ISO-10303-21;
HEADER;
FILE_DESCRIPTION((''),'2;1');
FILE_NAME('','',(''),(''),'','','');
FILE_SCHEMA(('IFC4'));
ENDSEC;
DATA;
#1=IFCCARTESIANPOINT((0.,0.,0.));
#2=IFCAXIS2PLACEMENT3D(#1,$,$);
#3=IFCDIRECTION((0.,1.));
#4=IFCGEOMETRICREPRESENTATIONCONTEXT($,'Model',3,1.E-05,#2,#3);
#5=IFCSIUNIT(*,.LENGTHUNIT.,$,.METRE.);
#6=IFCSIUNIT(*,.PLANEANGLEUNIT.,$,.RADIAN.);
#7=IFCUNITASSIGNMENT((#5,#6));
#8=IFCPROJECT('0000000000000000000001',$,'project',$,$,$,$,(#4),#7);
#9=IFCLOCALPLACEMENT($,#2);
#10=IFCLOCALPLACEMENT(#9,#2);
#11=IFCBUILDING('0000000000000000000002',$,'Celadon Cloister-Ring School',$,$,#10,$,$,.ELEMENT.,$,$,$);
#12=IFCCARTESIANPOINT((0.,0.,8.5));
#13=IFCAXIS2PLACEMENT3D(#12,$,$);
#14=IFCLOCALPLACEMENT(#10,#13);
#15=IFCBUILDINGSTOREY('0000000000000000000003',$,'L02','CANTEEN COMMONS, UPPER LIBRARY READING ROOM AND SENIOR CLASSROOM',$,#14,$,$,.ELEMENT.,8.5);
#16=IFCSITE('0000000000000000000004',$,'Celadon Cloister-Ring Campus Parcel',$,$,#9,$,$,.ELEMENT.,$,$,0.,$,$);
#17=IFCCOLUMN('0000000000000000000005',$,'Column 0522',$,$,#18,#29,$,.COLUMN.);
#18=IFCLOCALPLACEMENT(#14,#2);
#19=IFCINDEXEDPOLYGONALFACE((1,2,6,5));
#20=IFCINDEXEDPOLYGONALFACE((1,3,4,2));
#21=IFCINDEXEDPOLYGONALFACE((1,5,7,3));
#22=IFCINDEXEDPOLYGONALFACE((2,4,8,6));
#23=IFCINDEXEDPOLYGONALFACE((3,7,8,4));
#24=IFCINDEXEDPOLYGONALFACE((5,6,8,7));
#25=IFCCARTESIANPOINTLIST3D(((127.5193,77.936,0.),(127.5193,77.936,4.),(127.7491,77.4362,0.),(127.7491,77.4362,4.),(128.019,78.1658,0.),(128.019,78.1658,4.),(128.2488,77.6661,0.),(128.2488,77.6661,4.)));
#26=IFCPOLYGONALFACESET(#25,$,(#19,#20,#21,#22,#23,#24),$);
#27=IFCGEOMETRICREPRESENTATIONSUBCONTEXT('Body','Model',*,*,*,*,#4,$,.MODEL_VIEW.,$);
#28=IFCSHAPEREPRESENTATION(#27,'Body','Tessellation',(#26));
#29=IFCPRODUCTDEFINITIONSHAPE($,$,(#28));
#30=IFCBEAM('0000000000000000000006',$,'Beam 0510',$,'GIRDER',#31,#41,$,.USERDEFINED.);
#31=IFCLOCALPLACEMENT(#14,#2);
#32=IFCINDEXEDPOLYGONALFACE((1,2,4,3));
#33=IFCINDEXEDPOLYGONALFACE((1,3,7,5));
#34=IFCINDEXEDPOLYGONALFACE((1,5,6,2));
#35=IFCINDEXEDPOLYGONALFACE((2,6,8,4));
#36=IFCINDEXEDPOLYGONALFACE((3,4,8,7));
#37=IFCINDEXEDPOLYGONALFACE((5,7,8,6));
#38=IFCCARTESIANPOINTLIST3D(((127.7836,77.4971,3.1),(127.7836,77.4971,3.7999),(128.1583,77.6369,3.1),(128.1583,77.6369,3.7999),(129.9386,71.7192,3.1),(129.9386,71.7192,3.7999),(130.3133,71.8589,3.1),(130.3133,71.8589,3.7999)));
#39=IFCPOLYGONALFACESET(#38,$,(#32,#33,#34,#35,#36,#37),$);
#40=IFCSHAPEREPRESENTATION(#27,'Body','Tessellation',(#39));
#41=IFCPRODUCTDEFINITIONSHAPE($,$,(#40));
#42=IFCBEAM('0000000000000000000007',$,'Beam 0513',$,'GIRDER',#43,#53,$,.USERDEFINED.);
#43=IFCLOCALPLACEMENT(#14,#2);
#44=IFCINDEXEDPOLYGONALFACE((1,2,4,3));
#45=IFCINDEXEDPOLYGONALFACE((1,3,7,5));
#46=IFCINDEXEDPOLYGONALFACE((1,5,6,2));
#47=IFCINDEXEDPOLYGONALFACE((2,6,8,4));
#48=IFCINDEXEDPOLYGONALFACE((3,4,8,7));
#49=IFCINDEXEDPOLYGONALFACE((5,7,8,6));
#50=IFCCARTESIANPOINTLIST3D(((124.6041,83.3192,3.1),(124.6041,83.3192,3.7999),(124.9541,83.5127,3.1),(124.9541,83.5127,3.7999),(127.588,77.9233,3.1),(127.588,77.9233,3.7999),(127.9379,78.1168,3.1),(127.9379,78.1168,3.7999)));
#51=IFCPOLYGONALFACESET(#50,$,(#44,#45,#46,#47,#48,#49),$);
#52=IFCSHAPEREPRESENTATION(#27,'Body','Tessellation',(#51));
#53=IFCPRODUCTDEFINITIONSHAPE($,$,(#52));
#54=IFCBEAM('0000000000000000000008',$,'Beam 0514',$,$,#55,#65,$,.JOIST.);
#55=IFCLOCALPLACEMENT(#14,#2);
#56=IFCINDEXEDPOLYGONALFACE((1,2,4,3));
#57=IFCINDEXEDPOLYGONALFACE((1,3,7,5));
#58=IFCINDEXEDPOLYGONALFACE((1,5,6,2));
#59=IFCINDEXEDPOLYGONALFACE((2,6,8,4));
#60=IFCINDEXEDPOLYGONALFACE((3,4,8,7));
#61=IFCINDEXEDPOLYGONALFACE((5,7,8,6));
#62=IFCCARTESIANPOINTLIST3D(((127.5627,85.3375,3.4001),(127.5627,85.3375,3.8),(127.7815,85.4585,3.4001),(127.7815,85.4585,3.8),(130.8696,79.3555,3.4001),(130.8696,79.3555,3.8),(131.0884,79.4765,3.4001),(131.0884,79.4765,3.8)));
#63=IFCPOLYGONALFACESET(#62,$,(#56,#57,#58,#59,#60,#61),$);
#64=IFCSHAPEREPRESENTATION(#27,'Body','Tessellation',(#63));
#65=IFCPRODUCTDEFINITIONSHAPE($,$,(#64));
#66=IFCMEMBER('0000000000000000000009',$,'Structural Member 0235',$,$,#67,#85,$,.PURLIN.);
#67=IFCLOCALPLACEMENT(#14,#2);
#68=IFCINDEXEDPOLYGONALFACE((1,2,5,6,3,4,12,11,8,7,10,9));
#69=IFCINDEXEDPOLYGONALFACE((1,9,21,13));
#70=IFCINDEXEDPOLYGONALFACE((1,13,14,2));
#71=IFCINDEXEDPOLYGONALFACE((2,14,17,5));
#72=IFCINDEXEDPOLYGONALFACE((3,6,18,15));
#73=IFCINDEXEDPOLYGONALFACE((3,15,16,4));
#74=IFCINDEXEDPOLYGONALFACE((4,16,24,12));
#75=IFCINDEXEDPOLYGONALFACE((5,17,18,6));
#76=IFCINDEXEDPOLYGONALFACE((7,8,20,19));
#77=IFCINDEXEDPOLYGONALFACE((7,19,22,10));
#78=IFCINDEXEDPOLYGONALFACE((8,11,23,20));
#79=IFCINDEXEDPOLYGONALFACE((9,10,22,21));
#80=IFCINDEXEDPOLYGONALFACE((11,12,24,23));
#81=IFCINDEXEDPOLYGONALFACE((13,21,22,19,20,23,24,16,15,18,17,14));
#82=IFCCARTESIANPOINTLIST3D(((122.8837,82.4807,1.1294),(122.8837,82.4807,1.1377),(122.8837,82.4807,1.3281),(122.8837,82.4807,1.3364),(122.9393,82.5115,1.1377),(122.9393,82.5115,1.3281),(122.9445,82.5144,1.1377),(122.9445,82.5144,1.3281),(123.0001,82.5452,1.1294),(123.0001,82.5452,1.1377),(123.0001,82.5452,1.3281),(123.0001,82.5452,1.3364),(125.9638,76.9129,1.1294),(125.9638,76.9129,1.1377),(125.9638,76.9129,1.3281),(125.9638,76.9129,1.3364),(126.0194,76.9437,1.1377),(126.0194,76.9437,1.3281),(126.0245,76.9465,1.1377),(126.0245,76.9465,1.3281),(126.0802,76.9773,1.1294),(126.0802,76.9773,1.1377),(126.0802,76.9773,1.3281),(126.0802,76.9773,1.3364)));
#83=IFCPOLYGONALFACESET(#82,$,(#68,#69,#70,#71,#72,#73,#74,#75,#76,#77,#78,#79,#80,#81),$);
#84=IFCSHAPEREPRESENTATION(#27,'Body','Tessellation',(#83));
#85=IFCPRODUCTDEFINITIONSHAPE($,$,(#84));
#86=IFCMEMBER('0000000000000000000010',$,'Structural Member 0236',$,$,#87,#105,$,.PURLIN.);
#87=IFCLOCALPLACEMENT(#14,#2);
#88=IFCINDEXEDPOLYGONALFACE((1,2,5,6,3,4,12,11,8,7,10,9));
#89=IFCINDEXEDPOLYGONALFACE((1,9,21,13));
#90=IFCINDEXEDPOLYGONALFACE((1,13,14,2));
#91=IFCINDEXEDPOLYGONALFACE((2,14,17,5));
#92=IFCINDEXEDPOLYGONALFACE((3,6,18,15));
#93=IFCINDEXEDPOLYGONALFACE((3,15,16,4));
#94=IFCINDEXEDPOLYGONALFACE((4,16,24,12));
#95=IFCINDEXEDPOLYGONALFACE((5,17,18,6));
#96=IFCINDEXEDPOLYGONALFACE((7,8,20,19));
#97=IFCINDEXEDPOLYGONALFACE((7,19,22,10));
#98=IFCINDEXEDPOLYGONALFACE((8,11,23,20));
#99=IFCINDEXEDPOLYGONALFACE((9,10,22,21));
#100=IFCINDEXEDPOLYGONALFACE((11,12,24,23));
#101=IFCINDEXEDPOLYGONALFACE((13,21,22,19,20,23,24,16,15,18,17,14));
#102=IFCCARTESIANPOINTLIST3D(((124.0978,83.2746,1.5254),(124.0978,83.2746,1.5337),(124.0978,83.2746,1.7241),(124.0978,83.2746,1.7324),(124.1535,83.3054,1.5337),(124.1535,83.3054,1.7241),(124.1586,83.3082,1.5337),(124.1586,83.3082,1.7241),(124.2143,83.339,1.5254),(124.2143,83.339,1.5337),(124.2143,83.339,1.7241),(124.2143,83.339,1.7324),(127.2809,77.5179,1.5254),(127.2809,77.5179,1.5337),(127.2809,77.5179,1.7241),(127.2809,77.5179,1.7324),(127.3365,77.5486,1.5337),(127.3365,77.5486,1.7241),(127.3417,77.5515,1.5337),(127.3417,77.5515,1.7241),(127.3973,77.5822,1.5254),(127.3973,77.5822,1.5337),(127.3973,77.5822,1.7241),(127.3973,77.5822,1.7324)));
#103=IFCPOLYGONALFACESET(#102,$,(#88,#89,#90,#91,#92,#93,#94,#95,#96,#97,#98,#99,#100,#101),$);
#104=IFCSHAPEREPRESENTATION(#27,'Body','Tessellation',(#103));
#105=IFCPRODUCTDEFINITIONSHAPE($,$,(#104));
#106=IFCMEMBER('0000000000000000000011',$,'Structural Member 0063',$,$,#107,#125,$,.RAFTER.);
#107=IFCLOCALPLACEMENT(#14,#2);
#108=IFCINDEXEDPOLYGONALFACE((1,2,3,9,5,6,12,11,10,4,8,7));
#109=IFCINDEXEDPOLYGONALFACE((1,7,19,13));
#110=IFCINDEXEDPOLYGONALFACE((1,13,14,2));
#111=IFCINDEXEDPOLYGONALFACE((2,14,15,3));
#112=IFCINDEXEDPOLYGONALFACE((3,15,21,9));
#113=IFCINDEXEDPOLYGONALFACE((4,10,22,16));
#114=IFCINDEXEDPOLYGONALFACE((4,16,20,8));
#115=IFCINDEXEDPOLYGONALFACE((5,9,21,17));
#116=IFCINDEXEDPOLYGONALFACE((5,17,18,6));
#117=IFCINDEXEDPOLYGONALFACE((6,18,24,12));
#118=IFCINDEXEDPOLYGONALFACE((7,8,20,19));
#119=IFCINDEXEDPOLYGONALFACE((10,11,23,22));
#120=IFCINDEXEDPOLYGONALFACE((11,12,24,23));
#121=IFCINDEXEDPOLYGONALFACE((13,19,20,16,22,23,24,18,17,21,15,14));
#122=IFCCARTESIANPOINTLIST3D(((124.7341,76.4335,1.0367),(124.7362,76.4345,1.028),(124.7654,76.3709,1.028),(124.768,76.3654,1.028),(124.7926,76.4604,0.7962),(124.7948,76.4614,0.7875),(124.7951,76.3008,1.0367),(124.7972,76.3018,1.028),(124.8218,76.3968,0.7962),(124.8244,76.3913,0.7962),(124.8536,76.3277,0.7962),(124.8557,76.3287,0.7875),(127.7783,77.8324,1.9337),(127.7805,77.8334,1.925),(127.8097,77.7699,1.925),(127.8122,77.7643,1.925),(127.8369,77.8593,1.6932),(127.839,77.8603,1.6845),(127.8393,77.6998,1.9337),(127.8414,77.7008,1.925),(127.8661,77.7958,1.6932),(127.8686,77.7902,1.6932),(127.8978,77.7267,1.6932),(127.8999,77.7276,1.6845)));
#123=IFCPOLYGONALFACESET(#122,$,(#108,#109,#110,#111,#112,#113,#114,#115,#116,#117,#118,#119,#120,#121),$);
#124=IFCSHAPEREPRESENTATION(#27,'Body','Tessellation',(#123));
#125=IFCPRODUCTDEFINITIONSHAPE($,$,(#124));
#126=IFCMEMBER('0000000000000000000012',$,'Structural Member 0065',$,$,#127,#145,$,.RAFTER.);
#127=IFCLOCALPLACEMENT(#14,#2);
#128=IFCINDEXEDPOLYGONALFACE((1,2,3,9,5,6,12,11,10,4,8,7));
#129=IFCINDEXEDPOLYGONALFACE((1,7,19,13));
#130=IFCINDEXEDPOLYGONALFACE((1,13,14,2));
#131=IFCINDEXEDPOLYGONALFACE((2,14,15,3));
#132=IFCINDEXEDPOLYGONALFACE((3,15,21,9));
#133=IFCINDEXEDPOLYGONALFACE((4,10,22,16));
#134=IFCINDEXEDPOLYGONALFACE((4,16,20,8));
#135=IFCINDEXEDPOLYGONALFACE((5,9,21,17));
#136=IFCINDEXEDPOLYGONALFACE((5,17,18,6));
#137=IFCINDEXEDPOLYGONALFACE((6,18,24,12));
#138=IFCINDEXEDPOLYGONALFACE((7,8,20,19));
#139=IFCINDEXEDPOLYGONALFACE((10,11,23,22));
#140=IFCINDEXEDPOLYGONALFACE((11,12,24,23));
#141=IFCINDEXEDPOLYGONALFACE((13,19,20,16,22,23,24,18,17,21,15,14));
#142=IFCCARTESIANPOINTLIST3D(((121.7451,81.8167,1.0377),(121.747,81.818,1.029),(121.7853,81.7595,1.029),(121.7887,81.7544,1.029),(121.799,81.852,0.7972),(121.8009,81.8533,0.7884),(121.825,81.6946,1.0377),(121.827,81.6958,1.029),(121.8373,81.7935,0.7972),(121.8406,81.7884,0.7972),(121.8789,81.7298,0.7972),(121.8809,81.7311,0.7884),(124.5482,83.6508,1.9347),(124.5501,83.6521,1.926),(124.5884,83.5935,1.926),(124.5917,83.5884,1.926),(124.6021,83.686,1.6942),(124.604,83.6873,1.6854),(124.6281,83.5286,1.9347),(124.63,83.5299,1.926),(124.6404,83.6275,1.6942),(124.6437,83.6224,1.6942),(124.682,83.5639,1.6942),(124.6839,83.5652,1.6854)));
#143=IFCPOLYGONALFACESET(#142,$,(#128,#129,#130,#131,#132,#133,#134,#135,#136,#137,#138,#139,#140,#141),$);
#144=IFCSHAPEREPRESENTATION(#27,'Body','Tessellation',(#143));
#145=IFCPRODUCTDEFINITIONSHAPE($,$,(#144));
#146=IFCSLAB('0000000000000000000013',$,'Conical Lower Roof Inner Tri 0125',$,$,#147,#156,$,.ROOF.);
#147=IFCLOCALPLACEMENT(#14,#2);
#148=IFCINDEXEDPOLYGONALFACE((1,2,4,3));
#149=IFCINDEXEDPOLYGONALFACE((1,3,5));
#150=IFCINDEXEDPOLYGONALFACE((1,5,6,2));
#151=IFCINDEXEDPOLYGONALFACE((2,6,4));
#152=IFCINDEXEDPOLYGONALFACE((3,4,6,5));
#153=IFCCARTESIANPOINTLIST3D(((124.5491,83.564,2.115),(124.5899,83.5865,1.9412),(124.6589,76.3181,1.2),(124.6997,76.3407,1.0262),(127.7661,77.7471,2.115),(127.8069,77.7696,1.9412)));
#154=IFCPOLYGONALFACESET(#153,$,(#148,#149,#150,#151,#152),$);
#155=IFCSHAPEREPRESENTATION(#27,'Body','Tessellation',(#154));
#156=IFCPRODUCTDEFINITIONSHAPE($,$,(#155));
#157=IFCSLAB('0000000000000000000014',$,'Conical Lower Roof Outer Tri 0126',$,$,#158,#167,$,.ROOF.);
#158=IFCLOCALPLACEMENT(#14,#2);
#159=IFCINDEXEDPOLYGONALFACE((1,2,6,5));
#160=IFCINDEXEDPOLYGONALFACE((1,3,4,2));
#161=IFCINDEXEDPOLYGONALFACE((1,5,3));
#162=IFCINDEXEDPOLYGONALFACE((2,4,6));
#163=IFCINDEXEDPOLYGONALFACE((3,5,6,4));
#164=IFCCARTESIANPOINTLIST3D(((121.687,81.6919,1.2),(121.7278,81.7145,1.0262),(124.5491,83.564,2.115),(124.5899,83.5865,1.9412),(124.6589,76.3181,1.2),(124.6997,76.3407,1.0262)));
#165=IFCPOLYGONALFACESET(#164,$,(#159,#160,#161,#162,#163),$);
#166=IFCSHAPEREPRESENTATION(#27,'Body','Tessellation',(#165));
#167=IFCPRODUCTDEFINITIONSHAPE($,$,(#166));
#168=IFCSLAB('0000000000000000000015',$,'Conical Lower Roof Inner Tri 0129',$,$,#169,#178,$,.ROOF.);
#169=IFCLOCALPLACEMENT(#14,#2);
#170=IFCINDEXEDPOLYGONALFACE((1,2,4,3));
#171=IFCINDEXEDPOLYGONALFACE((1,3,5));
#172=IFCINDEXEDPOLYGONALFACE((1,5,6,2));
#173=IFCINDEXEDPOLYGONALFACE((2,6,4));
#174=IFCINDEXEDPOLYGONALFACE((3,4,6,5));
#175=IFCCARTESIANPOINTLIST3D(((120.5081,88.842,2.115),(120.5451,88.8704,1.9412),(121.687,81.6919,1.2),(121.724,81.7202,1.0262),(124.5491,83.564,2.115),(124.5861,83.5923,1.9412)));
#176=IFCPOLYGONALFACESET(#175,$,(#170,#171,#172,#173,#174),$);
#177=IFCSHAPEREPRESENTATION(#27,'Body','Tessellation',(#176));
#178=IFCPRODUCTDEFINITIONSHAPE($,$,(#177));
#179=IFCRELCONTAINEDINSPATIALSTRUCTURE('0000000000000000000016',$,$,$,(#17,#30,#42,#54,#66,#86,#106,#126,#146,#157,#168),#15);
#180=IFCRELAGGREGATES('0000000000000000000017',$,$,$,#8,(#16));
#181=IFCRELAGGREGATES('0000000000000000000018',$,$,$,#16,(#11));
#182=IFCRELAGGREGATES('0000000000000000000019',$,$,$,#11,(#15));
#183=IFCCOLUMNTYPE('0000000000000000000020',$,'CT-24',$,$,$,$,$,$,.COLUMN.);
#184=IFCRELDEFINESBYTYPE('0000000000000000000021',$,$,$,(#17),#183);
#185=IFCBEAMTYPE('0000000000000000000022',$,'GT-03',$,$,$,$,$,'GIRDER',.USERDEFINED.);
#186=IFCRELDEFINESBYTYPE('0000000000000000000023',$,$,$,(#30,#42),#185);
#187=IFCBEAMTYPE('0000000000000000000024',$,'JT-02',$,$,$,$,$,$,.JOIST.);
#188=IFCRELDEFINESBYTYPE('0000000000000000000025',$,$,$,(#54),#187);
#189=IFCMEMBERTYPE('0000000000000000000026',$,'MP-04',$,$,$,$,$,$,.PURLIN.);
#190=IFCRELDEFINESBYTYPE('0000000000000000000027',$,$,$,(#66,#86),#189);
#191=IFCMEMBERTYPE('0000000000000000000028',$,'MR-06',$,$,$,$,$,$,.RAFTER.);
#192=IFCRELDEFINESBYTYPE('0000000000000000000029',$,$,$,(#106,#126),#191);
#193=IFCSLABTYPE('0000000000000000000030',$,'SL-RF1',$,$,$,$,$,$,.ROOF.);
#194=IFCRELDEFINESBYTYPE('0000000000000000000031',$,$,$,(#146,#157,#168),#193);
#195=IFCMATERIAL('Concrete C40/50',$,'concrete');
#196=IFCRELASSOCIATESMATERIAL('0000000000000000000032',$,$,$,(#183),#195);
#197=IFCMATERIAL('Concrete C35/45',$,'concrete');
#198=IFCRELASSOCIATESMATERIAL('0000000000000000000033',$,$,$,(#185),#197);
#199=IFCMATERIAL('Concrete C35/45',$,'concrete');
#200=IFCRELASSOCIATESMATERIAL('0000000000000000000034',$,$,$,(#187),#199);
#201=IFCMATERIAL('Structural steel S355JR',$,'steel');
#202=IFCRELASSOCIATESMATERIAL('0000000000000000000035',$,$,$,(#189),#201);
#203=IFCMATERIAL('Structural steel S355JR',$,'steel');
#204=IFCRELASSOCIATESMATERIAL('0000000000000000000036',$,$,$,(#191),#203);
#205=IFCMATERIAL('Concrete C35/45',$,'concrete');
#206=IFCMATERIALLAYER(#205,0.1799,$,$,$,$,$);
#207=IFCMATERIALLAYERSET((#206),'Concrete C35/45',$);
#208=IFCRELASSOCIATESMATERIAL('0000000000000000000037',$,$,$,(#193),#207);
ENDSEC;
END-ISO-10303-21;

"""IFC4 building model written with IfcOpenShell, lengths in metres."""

from ifc_helpers import new_model, si_unit, direction, frame, origin, origin_2d, place, context, subcontext, project, spatial, polyline, rectangle, i_section, outline, extrude, material, layer, layer_set, material_profile, profile_set, type_object, element, save


model = new_model("IFC4")

# Units and contexts
model_context = context("Model", 3, precision=1e-05, world=origin(), true_north=direction((0.0, 1.0)))
body_context = subcontext(model_context, "Body", "Model", "MODEL_VIEW")
ifc_project = project(units=[si_unit("LENGTHUNIT", "METRE"), si_unit("PLANEANGLEUNIT", "RADIAN")], contexts=[model_context])

# Site, building, storey
site_placement = place(None, origin())
site = spatial("IfcSite", under=ifc_project, at=site_placement, Name="Celadon Cloister-Ring Campus Parcel", CompositionType="ELEMENT", RefElevation=0.0)
building_placement = place(site_placement, origin())
building = spatial("IfcBuilding", under=site, at=building_placement, Name="Celadon Cloister-Ring School", CompositionType="ELEMENT")
storey_placement = place(building_placement, frame((0.0, 0.0, 8.5)))
storey = spatial("IfcBuildingStorey", under=building, at=storey_placement, Name="L02", Description="CANTEEN COMMONS, UPPER LIBRARY READING ROOM AND SENIOR CLASSROOM", CompositionType="ELEMENT", Elevation=8.5)

# Column
ifc_material_1 = material(Name="Concrete C40/50", Category="concrete")
ifc_material_profile_1 = material_profile(ifc_material_1, rectangle(XDim=0.55, YDim=0.55, at=origin_2d()), Name="RC550X550")
ifc_profile_set_1 = profile_set([ifc_material_profile_1], Name="Concrete C40/50")
column_type = type_object("IfcColumnType", Name="CT-24", PredefinedType="COLUMN", material=ifc_profile_set_1)
column_placement = place(storey_placement, frame((127.884, 77.801, 0.0), z_axis=(0.0, 0.0, 1.0), x_axis=(0.908537, 0.417804, 0.0)))
element("IfcColumn", 1, at=column_placement, inside=storey, type_object=column_type, Name="Column 0522", PredefinedType="COLUMN", context=body_context, shape_type="SweptSolid", body=[
    extrude(rectangle(XDim=0.55, YDim=0.55, at=origin_2d()), origin(), (0.0, 0.0, 1.0), 4.0),
])

# Beams
ifc_material_2 = material(Name="Concrete C35/45", Category="concrete")
ifc_material_profile_2 = material_profile(ifc_material_2, rectangle(XDim=0.3999, YDim=0.7, at=origin_2d()), Name="RC400X700")
ifc_profile_set_2 = profile_set([ifc_material_profile_2], Name="Concrete C35/45")
beam_type_1 = type_object("IfcBeamType", Name="GT-03", ElementType="GIRDER", PredefinedType="USERDEFINED", material=ifc_profile_set_2)
beam_1_placement = place(storey_placement, frame((130.126, 71.7891, 3.45), z_axis=(-0.349466, 0.936949, 0.0), x_axis=(-0.936949, -0.349466, 0.0)))
element("IfcBeam", 2, at=beam_1_placement, inside=storey, type_object=beam_type_1, Name="Beam 0510", ObjectType="GIRDER", PredefinedType="USERDEFINED", context=body_context, shape_type="SweptSolid", body=[
    extrude(rectangle(XDim=0.3999, YDim=0.7, at=origin_2d()), origin(), (0.0, 0.0, 1.0), 6.1667),
])
beam_2_placement = place(storey_placement, frame((127.7629, 78.02, 3.45), z_axis=(-0.483921, 0.875112, 0.0), x_axis=(-0.875112, -0.483921, 0.0)))
element("IfcBeam", 3, at=beam_2_placement, inside=storey, type_object=beam_type_1, Name="Beam 0513", ObjectType="GIRDER", PredefinedType="USERDEFINED", context=body_context, shape_type="SweptSolid", body=[
    extrude(rectangle(XDim=0.3999, YDim=0.7, at=origin_2d()), origin(), (0.0, 0.0, 1.0), 6.166),
])
ifc_material_3 = material(Name="Concrete C35/45", Category="concrete")
ifc_material_profile_3 = material_profile(ifc_material_3, rectangle(XDim=0.25, YDim=0.3999, at=origin_2d()), Name="RC250X400")
ifc_profile_set_3 = profile_set([ifc_material_profile_3], Name="Concrete C35/45")
beam_type_2 = type_object("IfcBeamType", Name="JT-02", PredefinedType="JOIST", material=ifc_profile_set_3)
beam_3_placement = place(storey_placement, frame((130.979, 79.416, 3.6001), z_axis=(-0.483807, 0.875175, 0.0), x_axis=(-0.875175, -0.483807, 0.0)))
element("IfcBeam", 4, at=beam_3_placement, inside=storey, type_object=beam_type_2, Name="Beam 0514", PredefinedType="JOIST", context=body_context, shape_type="SweptSolid", body=[
    extrude(rectangle(XDim=0.25, YDim=0.3999, at=origin_2d()), origin(), (0.0, 0.0, 1.0), 6.8352),
])

# Members
ifc_material_4 = material(Name="Structural steel S355JR", Category="steel")
ifc_material_profile_4 = material_profile(ifc_material_4, i_section(OverallWidth=0.1331, OverallDepth=0.207, WebThickness=0.0059, FlangeThickness=0.0083, at=origin_2d()), Name="W200X27")
ifc_profile_set_4 = profile_set([ifc_material_profile_4], Name="Structural steel S355JR")
member_type_1 = type_object("IfcMemberType", Name="MP-04", PredefinedType="PURLIN", material=ifc_profile_set_4)
member_1_placement = place(storey_placement, frame((126.022, 76.9451, 1.2329), z_axis=(-0.484059, 0.875035, 0.0), x_axis=(-0.875035, -0.484059, 0.0)))
element("IfcMember", 5, at=member_1_placement, inside=storey, type_object=member_type_1, Name="Structural Member 0235", PredefinedType="PURLIN", context=body_context, shape_type="SweptSolid", body=[
    extrude(i_section(OverallWidth=0.1331, OverallDepth=0.207, WebThickness=0.0059, FlangeThickness=0.0083, at=origin_2d()), origin(), (0.0, 0.0, 1.0), 6.363),
])
member_2_placement = place(storey_placement, frame((127.3391, 77.55, 1.6289), z_axis=(-0.483884, 0.875132, 0.0), x_axis=(-0.875132, -0.483884, 0.0)))
element("IfcMember", 6, at=member_2_placement, inside=storey, type_object=member_type_1, Name="Structural Member 0236", PredefinedType="PURLIN", context=body_context, shape_type="SweptSolid", body=[
    extrude(i_section(OverallWidth=0.1331, OverallDepth=0.207, WebThickness=0.0059, FlangeThickness=0.0083, at=origin_2d()), origin(), (0.0, 0.0, 1.0), 6.5781),
])
ifc_material_5 = material(Name="Structural steel S355JR", Category="steel")
ifc_material_profile_5 = material_profile(ifc_material_5, i_section(OverallWidth=0.146, OverallDepth=0.2581, WebThickness=0.0061, FlangeThickness=0.009, at=origin_2d()), Name="W250X33")
ifc_profile_set_5 = profile_set([ifc_material_profile_5], Name="Structural steel S355JR")
member_type_2 = type_object("IfcMemberType", Name="MR-06", PredefinedType="RAFTER", material=ifc_profile_set_5)
member_3_placement = place(storey_placement, frame((124.7949, 76.3811, 0.9121), z_axis=(0.877735, 0.403354, 0.258625), x_axis=(-0.41756, 0.908649, 0.0)))
element("IfcMember", 7, at=member_3_placement, inside=storey, type_object=member_type_2, Name="Structural Member 0063", PredefinedType="RAFTER", context=body_context, shape_type="SweptSolid", body=[
    extrude(i_section(OverallWidth=0.146, OverallDepth=0.2581, WebThickness=0.0061, FlangeThickness=0.009, at=origin_2d()), origin(), (0.0, 0.0, 1.0), 3.4683),
])
member_4_placement = place(storey_placement, frame((121.813, 81.7739, 0.9131), z_axis=(0.808317, 0.528881, 0.258667), x_axis=(-0.547514, 0.836796, 0.0)))
element("IfcMember", 8, at=member_4_placement, inside=storey, type_object=member_type_2, Name="Structural Member 0065", PredefinedType="RAFTER", context=body_context, shape_type="SweptSolid", body=[
    extrude(i_section(OverallWidth=0.146, OverallDepth=0.2581, WebThickness=0.0061, FlangeThickness=0.009, at=origin_2d()), origin(), (0.0, 0.0, 1.0), 3.4678),
])

# Slabs
ifc_material_6 = material(Name="Concrete C35/45", Category="concrete")
ifc_layer_1 = layer(ifc_material_6, 0.1799)
ifc_layer_set_1 = layer_set([ifc_layer_1], Name="Concrete C35/45")
slab_type = type_object("IfcSlabType", Name="SL-RF1", PredefinedType="ROOF", material=ifc_layer_set_1)
slab_1_placement = place(storey_placement, frame((124.6589, 76.3181, 1.2), z_axis=(-0.226759, -0.125409, 0.965843), x_axis=(0.877658, 0.403625, 0.258463)))
element("IfcSlab", 9, at=slab_1_placement, inside=storey, type_object=slab_type, Name="Conical Lower Roof Inner Tri 0125", PredefinedType="ROOF", context=body_context, shape_type="SweptSolid", body=[
    extrude(outline(polyline([(0.0, 0.0), (3.5403, 0.0), (3.0647, 6.6302), (0.0, 0.0)])), origin(), (0.0, 0.0, -1.0), 0.1799),
])
slab_2_placement = place(storey_placement, frame((124.6589, 76.3181, 1.2), z_axis=(-0.226763, -0.125409, 0.965842), x_axis=(-0.015041, 0.992008, 0.125275)))
element("IfcSlab", 10, at=slab_2_placement, inside=storey, type_object=slab_type, Name="Conical Lower Roof Outer Tri 0126", PredefinedType="ROOF", context=body_context, shape_type="SweptSolid", body=[
    extrude(outline(polyline([(0.0, 0.0), (7.3042, 0.0), (5.3755, 2.9688), (0.0, 0.0)])), origin(), (0.0, 0.0, -1.0), 0.1799),
])
slab_3_placement = place(storey_placement, frame((121.687, 81.6919, 1.2), z_axis=(-0.205753, -0.157529, 0.965842), x_axis=(0.808436, 0.528797, 0.258468)))
element("IfcSlab", 11, at=slab_3_placement, inside=storey, type_object=slab_type, Name="Conical Lower Roof Inner Tri 0129", PredefinedType="ROOF", context=body_context, shape_type="SweptSolid", body=[
    extrude(outline(polyline([(0.0, 0.0), (3.5402, 0.0), (3.0644, 6.6303), (0.0, 0.0)])), origin(), (0.0, 0.0, -1.0), 0.1799),
])

save(model, "model.ifc")
